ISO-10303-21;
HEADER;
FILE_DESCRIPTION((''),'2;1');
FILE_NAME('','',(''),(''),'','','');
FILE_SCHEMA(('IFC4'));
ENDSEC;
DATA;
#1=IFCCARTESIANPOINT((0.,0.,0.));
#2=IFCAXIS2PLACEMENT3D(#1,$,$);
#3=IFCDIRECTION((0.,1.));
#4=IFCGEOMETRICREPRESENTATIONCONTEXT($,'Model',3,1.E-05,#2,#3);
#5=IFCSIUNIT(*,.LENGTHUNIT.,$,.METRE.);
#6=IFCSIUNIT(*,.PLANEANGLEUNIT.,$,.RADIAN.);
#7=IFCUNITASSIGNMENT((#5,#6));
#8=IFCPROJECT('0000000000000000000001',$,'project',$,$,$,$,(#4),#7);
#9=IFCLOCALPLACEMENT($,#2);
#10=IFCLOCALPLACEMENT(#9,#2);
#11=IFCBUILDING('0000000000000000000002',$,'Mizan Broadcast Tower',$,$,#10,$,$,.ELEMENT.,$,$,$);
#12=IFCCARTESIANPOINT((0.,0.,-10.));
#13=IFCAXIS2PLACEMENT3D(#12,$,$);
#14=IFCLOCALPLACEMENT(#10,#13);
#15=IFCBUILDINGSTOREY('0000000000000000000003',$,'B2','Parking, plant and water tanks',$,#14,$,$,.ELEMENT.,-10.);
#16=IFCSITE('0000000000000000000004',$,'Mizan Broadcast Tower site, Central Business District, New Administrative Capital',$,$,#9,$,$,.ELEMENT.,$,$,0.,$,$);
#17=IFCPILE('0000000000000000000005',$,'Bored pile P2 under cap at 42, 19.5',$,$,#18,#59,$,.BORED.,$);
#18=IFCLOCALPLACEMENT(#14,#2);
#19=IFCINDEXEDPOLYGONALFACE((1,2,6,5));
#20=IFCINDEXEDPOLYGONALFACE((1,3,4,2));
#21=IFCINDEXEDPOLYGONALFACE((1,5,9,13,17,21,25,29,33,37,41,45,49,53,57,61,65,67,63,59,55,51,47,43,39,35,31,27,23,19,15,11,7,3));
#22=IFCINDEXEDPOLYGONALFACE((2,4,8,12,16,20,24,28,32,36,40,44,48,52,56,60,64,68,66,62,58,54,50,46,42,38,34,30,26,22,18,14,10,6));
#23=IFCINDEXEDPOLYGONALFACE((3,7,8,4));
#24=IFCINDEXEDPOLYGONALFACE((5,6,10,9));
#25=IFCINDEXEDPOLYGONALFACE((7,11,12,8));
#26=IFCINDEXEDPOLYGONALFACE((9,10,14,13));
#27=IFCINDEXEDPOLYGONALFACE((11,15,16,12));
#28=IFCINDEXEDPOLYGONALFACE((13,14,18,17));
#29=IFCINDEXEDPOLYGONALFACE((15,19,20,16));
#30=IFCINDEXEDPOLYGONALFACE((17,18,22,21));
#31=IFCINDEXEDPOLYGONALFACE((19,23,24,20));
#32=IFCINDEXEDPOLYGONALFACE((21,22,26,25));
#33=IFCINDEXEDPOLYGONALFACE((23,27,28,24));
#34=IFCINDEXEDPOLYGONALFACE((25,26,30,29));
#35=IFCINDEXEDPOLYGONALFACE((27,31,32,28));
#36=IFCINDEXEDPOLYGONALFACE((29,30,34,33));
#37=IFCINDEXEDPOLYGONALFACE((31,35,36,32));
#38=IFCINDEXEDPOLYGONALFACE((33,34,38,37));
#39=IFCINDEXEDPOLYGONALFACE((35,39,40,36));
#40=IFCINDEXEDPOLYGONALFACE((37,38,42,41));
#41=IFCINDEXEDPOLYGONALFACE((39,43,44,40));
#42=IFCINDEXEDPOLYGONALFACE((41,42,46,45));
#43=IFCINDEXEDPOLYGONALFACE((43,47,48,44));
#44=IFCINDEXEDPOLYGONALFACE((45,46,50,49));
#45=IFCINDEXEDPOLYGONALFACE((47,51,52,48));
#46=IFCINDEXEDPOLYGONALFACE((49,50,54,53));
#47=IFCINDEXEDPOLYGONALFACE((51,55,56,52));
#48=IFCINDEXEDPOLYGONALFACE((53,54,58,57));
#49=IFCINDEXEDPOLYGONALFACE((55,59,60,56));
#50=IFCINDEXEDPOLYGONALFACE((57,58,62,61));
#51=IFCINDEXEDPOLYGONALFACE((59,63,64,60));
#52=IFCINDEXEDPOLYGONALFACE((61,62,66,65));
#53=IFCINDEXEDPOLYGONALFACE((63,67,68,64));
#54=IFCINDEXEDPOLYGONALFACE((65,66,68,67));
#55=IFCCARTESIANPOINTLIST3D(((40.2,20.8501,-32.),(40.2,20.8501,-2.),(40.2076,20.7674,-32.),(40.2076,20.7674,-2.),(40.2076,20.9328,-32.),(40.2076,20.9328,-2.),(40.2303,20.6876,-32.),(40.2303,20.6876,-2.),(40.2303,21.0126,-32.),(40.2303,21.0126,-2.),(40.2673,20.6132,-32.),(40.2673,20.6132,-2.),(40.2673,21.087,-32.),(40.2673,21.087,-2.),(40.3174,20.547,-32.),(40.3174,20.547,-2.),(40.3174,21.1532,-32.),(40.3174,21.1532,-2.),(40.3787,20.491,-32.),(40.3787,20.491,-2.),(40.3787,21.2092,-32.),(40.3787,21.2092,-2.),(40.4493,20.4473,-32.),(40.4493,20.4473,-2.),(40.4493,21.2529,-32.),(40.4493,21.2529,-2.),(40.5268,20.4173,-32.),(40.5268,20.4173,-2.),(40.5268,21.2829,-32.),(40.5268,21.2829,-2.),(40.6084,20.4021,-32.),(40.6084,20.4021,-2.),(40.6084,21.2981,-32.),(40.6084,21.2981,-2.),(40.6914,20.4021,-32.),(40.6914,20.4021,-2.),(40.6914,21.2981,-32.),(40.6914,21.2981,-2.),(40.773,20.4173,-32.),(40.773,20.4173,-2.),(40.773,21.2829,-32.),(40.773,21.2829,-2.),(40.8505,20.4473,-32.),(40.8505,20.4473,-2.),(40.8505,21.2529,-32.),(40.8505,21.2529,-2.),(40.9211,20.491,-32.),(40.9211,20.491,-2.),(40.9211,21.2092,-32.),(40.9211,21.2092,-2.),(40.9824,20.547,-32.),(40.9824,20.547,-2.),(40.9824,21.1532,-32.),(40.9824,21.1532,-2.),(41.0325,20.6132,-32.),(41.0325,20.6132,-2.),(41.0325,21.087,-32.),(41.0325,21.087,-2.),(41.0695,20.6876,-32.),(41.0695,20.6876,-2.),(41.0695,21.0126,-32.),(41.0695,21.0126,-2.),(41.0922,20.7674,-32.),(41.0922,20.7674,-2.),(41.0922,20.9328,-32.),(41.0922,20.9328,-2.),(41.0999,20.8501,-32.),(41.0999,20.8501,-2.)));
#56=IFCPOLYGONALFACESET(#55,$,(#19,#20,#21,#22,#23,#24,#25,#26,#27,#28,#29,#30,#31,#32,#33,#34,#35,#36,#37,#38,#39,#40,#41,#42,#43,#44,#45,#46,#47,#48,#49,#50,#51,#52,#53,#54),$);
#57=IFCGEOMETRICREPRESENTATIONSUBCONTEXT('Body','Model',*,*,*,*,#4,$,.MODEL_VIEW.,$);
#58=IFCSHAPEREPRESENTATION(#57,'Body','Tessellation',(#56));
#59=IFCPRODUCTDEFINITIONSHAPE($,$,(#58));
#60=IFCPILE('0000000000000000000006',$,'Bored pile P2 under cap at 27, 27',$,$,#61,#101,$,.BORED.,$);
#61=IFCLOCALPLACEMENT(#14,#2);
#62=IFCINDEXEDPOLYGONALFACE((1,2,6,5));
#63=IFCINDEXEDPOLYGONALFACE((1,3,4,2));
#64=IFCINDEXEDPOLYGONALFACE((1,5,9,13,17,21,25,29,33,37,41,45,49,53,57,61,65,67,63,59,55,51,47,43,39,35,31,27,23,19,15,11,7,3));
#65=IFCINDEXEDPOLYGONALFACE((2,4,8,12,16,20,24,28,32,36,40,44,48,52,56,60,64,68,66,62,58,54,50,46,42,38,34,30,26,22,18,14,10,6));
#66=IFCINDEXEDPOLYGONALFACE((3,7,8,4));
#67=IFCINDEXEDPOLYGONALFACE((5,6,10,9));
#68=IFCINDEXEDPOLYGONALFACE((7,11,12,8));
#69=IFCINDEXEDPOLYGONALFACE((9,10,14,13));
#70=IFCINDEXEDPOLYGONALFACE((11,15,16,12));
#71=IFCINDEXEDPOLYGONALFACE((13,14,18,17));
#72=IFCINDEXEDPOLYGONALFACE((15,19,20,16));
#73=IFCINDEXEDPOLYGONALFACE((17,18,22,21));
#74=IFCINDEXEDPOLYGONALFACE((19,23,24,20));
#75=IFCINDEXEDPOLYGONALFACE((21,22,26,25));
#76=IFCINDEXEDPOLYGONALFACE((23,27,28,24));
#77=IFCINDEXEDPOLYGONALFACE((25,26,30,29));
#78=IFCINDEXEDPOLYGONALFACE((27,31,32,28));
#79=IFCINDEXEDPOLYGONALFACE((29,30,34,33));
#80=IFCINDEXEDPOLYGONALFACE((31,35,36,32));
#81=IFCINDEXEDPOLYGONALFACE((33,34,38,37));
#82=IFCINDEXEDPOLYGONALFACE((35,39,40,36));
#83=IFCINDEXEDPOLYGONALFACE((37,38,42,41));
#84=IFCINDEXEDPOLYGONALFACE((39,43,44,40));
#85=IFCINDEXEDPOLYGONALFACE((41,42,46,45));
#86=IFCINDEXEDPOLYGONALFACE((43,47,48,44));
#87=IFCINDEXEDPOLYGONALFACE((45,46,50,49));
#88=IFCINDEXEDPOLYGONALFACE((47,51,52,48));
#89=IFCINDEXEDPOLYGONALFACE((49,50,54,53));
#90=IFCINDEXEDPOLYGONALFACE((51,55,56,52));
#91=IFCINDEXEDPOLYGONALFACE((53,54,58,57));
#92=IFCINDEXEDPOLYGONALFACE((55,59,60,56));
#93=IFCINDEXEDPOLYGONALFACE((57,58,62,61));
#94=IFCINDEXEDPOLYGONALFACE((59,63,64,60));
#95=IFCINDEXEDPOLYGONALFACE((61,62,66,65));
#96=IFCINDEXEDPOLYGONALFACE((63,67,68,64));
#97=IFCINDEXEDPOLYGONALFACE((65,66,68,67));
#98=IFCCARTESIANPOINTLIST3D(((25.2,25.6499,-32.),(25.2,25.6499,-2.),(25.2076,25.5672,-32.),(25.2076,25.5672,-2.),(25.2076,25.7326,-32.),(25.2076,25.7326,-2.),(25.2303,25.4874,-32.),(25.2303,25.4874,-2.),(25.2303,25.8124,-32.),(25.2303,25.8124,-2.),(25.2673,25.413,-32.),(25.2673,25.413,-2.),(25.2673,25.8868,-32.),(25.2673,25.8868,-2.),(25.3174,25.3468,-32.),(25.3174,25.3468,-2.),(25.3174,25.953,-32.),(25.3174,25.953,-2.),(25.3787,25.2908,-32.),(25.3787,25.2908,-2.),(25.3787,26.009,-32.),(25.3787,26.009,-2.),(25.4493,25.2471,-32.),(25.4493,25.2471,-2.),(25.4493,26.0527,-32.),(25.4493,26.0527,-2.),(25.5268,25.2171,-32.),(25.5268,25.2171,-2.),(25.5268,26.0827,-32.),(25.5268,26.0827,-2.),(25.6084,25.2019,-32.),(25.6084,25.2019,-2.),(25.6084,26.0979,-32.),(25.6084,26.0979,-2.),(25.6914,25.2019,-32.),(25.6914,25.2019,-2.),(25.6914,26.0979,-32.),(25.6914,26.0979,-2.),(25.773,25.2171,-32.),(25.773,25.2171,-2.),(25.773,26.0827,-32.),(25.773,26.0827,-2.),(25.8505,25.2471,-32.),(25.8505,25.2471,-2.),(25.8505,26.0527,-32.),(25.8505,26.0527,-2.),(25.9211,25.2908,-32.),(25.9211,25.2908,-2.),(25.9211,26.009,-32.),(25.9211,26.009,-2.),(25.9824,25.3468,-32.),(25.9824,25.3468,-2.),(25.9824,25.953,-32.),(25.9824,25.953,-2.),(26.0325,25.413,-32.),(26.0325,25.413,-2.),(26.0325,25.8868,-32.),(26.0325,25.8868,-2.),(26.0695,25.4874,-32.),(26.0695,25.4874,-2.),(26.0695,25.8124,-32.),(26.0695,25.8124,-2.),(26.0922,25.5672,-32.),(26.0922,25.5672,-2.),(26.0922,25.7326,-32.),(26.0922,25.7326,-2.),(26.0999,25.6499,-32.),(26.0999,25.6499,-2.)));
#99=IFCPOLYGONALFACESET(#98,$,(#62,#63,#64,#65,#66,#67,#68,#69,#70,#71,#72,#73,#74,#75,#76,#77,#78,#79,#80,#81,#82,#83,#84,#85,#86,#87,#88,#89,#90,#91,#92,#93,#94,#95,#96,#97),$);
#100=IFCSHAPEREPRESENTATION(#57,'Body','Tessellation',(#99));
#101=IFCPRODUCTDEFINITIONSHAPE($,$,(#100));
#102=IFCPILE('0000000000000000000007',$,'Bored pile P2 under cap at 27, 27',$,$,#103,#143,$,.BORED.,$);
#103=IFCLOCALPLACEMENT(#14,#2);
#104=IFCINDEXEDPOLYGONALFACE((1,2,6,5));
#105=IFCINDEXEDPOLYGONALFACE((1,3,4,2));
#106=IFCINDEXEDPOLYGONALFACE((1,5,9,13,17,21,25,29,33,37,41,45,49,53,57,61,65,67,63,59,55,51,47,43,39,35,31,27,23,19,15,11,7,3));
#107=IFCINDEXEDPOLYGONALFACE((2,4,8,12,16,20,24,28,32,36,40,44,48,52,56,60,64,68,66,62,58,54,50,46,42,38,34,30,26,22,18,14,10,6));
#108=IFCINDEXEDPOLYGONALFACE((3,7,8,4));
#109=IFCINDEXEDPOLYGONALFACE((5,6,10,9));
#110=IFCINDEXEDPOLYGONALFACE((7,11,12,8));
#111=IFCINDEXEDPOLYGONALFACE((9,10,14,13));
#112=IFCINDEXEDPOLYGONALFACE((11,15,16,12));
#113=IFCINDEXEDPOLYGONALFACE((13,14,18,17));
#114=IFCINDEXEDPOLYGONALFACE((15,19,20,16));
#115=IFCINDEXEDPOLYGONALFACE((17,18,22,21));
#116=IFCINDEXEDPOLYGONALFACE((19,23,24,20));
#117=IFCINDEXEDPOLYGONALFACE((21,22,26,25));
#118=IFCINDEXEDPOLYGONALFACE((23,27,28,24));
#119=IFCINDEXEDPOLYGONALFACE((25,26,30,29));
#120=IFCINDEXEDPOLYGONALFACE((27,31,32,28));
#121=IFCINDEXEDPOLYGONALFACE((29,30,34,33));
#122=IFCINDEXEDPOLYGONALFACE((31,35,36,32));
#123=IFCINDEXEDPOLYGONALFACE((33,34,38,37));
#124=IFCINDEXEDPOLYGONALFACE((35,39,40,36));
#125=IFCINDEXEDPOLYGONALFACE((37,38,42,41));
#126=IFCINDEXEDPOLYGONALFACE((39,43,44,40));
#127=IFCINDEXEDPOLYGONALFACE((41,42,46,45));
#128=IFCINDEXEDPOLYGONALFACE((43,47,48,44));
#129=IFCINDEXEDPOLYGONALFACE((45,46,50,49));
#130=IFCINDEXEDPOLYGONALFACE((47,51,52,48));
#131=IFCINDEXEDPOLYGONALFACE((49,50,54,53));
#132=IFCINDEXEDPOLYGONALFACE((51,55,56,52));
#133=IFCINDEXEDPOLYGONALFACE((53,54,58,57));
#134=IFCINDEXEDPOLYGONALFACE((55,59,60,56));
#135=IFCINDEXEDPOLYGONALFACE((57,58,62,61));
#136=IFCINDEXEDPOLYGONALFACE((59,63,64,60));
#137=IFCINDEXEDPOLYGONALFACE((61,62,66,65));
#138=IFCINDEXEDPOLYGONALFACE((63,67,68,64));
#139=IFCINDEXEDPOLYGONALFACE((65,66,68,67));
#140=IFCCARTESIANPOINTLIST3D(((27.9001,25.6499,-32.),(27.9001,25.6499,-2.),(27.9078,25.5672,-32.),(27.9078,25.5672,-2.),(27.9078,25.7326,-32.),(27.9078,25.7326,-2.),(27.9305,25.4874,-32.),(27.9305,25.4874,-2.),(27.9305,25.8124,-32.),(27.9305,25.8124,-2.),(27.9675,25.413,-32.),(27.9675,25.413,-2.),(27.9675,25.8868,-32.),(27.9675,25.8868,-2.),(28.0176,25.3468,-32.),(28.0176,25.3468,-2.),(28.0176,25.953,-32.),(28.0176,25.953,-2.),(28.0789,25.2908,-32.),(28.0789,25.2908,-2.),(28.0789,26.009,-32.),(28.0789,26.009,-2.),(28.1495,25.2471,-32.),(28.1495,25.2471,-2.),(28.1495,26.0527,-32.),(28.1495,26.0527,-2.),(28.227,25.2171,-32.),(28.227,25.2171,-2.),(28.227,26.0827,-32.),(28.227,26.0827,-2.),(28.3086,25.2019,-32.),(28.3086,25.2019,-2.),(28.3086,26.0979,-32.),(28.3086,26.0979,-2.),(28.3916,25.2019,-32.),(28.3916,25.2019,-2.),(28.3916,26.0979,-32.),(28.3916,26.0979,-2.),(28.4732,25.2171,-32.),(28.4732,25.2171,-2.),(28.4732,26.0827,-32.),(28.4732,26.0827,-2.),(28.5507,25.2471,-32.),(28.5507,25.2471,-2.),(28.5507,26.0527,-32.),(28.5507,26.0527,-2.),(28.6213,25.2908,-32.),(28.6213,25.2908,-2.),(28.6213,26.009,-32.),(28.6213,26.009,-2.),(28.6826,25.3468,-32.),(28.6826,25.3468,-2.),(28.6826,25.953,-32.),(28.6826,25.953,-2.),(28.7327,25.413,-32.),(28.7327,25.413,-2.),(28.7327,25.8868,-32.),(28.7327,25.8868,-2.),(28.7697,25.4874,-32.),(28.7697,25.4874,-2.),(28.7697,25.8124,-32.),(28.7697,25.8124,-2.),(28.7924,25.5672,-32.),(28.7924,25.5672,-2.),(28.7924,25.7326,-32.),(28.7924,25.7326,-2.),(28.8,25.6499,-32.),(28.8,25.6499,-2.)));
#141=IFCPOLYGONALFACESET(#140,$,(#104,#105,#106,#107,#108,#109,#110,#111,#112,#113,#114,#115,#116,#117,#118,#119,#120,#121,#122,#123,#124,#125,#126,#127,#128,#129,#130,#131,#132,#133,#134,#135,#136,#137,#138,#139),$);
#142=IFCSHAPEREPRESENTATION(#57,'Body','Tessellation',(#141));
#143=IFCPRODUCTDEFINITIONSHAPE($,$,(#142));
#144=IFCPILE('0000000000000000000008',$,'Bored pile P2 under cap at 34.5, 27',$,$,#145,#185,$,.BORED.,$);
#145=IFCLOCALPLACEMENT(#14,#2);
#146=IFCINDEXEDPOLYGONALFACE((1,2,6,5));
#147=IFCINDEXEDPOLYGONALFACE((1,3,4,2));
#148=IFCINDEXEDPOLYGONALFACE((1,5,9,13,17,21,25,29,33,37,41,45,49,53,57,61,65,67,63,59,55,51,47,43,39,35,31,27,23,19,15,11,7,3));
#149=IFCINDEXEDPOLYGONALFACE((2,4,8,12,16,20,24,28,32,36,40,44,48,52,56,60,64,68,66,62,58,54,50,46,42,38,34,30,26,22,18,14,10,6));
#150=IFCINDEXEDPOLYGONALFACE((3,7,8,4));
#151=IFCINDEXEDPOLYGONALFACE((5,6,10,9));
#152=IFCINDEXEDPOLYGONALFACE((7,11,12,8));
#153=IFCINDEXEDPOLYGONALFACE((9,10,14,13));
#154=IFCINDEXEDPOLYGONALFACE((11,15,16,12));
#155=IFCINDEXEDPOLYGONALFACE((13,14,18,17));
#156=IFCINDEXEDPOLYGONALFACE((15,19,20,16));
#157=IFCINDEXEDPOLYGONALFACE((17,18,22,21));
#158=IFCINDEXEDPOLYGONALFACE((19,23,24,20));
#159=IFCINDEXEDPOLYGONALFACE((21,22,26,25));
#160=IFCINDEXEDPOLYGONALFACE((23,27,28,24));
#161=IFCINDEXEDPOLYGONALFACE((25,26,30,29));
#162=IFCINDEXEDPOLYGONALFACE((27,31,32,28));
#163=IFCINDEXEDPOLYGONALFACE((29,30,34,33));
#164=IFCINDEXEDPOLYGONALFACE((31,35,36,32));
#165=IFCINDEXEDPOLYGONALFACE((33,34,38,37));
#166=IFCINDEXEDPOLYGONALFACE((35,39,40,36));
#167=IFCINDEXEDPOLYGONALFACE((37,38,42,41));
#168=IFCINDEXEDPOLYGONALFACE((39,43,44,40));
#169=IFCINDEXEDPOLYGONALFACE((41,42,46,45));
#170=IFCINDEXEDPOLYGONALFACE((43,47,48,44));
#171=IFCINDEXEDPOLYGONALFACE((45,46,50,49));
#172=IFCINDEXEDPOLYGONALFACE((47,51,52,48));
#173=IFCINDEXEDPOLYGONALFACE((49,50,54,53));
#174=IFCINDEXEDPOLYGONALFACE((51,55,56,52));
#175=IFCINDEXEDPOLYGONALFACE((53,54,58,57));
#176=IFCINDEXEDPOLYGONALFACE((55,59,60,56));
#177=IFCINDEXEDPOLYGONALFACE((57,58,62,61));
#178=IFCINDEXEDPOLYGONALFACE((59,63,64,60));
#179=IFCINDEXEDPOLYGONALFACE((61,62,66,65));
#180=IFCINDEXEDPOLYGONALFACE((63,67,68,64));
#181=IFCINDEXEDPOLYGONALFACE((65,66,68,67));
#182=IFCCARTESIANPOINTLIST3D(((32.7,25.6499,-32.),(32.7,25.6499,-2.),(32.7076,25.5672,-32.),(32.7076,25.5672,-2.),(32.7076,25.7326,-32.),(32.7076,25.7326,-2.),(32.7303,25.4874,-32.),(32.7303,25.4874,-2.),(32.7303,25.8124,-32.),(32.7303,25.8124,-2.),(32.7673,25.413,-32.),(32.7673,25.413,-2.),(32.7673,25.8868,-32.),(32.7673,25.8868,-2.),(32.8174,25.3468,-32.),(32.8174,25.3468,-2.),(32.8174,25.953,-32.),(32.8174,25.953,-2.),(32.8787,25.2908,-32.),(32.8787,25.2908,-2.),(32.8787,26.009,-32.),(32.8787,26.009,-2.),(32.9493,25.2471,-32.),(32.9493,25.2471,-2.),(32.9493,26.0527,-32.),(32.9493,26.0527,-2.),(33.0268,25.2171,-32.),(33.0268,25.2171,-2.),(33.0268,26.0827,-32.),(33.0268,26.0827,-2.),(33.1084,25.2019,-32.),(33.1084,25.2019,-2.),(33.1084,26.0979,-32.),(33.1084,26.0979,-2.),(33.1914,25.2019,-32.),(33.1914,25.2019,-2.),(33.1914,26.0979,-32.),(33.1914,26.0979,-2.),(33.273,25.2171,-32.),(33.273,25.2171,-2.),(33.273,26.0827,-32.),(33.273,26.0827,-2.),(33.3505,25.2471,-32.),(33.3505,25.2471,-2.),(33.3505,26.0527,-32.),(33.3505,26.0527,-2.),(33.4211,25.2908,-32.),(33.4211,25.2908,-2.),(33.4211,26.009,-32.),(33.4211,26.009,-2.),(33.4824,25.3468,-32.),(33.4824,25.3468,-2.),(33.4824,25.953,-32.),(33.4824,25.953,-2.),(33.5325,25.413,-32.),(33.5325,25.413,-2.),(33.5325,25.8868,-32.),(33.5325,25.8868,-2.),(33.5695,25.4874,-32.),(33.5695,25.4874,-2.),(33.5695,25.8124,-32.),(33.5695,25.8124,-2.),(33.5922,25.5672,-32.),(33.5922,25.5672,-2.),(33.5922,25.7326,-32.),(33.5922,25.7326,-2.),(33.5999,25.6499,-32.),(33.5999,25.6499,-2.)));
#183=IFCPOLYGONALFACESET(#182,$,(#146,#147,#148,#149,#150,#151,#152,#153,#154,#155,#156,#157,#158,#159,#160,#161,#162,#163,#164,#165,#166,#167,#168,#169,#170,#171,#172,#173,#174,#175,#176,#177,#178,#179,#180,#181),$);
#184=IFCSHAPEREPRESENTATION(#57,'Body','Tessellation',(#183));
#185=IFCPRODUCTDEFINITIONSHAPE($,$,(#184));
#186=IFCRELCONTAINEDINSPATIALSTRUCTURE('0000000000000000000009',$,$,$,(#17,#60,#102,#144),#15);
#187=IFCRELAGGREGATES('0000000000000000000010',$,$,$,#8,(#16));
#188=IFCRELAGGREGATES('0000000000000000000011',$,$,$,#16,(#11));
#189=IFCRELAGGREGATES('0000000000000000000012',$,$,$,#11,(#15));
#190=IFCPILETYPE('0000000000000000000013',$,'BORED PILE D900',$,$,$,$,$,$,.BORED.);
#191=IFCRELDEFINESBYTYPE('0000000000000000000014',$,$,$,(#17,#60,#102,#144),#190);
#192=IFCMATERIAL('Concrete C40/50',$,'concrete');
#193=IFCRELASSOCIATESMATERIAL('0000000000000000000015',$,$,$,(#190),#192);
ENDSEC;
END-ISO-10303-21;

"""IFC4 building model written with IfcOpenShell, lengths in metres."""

from ifc_helpers import new_model, si_unit, direction, frame, origin, origin_2d, place, context, subcontext, project, spatial, circle, extrude, material, material_profile, profile_set, type_object, element, save


model = new_model("IFC4")

# Units and contexts
model_context = context("Model", 3, precision=1e-05, world=origin(), true_north=direction((0.0, 1.0)))
body_context = subcontext(model_context, "Body", "Model", "MODEL_VIEW")
ifc_project = project(units=[si_unit("LENGTHUNIT", "METRE"), si_unit("PLANEANGLEUNIT", "RADIAN")], contexts=[model_context])

# Site, building, storey
site_placement = place(None, origin())
site = spatial("IfcSite", under=ifc_project, at=site_placement, Name="Mizan Broadcast Tower site, Central Business District, New Administrative Capital", CompositionType="ELEMENT", RefElevation=0.0)
building_placement = place(site_placement, origin())
building = spatial("IfcBuilding", under=site, at=building_placement, Name="Mizan Broadcast Tower", CompositionType="ELEMENT")
storey_placement = place(building_placement, frame((0.0, 0.0, -10.0)))
storey = spatial("IfcBuildingStorey", under=building, at=storey_placement, Name="B2", Description="Parking, plant and water tanks", CompositionType="ELEMENT", Elevation=-10.0)

# Piles
ifc_material_1 = material(Name="Concrete C40/50", Category="concrete")
ifc_material_profile_1 = material_profile(ifc_material_1, circle(Radius=0.45, at=origin_2d()), Name="D900")
ifc_profile_set_1 = profile_set([ifc_material_profile_1], Name="Concrete C40/50")
pile_type_1 = type_object("IfcPileType", Name="BORED PILE D900", PredefinedType="BORED", material=ifc_profile_set_1)
for number, where, z_axis, x_axis, name in (
    (1, (40.6499, 20.8501, -2.0), (0.0, 0.0, -1.0), (1.0, 0.0, 0.0), "Bored pile P2 under cap at 42, 19.5"),
    (2, (25.6499, 25.6499, -2.0), (0.0, 0.0, -1.0), (1.0, 0.0, 0.0), "Bored pile P2 under cap at 27, 27"),
    (3, (28.3501, 25.6499, -2.0), (0.0, 0.0, -1.0), (1.0, 0.0, 0.0), "Bored pile P2 under cap at 27, 27"),
    (4, (33.1499, 25.6499, -2.0), (0.0, 0.0, -1.0), (1.0, 0.0, 0.0), "Bored pile P2 under cap at 34.5, 27"),
):
    element("IfcPile", number, at=place(storey_placement, frame(where, z_axis=z_axis, x_axis=x_axis)), inside=storey, type_object=pile_type_1, Name=name, PredefinedType="BORED", context=body_context, shape_type="SweptSolid", body=[
        extrude(circle(Radius=0.45, at=origin_2d()), origin(), (0.0, 0.0, 1.0), 30.0),
    ])

save(model, "model.ifc")
